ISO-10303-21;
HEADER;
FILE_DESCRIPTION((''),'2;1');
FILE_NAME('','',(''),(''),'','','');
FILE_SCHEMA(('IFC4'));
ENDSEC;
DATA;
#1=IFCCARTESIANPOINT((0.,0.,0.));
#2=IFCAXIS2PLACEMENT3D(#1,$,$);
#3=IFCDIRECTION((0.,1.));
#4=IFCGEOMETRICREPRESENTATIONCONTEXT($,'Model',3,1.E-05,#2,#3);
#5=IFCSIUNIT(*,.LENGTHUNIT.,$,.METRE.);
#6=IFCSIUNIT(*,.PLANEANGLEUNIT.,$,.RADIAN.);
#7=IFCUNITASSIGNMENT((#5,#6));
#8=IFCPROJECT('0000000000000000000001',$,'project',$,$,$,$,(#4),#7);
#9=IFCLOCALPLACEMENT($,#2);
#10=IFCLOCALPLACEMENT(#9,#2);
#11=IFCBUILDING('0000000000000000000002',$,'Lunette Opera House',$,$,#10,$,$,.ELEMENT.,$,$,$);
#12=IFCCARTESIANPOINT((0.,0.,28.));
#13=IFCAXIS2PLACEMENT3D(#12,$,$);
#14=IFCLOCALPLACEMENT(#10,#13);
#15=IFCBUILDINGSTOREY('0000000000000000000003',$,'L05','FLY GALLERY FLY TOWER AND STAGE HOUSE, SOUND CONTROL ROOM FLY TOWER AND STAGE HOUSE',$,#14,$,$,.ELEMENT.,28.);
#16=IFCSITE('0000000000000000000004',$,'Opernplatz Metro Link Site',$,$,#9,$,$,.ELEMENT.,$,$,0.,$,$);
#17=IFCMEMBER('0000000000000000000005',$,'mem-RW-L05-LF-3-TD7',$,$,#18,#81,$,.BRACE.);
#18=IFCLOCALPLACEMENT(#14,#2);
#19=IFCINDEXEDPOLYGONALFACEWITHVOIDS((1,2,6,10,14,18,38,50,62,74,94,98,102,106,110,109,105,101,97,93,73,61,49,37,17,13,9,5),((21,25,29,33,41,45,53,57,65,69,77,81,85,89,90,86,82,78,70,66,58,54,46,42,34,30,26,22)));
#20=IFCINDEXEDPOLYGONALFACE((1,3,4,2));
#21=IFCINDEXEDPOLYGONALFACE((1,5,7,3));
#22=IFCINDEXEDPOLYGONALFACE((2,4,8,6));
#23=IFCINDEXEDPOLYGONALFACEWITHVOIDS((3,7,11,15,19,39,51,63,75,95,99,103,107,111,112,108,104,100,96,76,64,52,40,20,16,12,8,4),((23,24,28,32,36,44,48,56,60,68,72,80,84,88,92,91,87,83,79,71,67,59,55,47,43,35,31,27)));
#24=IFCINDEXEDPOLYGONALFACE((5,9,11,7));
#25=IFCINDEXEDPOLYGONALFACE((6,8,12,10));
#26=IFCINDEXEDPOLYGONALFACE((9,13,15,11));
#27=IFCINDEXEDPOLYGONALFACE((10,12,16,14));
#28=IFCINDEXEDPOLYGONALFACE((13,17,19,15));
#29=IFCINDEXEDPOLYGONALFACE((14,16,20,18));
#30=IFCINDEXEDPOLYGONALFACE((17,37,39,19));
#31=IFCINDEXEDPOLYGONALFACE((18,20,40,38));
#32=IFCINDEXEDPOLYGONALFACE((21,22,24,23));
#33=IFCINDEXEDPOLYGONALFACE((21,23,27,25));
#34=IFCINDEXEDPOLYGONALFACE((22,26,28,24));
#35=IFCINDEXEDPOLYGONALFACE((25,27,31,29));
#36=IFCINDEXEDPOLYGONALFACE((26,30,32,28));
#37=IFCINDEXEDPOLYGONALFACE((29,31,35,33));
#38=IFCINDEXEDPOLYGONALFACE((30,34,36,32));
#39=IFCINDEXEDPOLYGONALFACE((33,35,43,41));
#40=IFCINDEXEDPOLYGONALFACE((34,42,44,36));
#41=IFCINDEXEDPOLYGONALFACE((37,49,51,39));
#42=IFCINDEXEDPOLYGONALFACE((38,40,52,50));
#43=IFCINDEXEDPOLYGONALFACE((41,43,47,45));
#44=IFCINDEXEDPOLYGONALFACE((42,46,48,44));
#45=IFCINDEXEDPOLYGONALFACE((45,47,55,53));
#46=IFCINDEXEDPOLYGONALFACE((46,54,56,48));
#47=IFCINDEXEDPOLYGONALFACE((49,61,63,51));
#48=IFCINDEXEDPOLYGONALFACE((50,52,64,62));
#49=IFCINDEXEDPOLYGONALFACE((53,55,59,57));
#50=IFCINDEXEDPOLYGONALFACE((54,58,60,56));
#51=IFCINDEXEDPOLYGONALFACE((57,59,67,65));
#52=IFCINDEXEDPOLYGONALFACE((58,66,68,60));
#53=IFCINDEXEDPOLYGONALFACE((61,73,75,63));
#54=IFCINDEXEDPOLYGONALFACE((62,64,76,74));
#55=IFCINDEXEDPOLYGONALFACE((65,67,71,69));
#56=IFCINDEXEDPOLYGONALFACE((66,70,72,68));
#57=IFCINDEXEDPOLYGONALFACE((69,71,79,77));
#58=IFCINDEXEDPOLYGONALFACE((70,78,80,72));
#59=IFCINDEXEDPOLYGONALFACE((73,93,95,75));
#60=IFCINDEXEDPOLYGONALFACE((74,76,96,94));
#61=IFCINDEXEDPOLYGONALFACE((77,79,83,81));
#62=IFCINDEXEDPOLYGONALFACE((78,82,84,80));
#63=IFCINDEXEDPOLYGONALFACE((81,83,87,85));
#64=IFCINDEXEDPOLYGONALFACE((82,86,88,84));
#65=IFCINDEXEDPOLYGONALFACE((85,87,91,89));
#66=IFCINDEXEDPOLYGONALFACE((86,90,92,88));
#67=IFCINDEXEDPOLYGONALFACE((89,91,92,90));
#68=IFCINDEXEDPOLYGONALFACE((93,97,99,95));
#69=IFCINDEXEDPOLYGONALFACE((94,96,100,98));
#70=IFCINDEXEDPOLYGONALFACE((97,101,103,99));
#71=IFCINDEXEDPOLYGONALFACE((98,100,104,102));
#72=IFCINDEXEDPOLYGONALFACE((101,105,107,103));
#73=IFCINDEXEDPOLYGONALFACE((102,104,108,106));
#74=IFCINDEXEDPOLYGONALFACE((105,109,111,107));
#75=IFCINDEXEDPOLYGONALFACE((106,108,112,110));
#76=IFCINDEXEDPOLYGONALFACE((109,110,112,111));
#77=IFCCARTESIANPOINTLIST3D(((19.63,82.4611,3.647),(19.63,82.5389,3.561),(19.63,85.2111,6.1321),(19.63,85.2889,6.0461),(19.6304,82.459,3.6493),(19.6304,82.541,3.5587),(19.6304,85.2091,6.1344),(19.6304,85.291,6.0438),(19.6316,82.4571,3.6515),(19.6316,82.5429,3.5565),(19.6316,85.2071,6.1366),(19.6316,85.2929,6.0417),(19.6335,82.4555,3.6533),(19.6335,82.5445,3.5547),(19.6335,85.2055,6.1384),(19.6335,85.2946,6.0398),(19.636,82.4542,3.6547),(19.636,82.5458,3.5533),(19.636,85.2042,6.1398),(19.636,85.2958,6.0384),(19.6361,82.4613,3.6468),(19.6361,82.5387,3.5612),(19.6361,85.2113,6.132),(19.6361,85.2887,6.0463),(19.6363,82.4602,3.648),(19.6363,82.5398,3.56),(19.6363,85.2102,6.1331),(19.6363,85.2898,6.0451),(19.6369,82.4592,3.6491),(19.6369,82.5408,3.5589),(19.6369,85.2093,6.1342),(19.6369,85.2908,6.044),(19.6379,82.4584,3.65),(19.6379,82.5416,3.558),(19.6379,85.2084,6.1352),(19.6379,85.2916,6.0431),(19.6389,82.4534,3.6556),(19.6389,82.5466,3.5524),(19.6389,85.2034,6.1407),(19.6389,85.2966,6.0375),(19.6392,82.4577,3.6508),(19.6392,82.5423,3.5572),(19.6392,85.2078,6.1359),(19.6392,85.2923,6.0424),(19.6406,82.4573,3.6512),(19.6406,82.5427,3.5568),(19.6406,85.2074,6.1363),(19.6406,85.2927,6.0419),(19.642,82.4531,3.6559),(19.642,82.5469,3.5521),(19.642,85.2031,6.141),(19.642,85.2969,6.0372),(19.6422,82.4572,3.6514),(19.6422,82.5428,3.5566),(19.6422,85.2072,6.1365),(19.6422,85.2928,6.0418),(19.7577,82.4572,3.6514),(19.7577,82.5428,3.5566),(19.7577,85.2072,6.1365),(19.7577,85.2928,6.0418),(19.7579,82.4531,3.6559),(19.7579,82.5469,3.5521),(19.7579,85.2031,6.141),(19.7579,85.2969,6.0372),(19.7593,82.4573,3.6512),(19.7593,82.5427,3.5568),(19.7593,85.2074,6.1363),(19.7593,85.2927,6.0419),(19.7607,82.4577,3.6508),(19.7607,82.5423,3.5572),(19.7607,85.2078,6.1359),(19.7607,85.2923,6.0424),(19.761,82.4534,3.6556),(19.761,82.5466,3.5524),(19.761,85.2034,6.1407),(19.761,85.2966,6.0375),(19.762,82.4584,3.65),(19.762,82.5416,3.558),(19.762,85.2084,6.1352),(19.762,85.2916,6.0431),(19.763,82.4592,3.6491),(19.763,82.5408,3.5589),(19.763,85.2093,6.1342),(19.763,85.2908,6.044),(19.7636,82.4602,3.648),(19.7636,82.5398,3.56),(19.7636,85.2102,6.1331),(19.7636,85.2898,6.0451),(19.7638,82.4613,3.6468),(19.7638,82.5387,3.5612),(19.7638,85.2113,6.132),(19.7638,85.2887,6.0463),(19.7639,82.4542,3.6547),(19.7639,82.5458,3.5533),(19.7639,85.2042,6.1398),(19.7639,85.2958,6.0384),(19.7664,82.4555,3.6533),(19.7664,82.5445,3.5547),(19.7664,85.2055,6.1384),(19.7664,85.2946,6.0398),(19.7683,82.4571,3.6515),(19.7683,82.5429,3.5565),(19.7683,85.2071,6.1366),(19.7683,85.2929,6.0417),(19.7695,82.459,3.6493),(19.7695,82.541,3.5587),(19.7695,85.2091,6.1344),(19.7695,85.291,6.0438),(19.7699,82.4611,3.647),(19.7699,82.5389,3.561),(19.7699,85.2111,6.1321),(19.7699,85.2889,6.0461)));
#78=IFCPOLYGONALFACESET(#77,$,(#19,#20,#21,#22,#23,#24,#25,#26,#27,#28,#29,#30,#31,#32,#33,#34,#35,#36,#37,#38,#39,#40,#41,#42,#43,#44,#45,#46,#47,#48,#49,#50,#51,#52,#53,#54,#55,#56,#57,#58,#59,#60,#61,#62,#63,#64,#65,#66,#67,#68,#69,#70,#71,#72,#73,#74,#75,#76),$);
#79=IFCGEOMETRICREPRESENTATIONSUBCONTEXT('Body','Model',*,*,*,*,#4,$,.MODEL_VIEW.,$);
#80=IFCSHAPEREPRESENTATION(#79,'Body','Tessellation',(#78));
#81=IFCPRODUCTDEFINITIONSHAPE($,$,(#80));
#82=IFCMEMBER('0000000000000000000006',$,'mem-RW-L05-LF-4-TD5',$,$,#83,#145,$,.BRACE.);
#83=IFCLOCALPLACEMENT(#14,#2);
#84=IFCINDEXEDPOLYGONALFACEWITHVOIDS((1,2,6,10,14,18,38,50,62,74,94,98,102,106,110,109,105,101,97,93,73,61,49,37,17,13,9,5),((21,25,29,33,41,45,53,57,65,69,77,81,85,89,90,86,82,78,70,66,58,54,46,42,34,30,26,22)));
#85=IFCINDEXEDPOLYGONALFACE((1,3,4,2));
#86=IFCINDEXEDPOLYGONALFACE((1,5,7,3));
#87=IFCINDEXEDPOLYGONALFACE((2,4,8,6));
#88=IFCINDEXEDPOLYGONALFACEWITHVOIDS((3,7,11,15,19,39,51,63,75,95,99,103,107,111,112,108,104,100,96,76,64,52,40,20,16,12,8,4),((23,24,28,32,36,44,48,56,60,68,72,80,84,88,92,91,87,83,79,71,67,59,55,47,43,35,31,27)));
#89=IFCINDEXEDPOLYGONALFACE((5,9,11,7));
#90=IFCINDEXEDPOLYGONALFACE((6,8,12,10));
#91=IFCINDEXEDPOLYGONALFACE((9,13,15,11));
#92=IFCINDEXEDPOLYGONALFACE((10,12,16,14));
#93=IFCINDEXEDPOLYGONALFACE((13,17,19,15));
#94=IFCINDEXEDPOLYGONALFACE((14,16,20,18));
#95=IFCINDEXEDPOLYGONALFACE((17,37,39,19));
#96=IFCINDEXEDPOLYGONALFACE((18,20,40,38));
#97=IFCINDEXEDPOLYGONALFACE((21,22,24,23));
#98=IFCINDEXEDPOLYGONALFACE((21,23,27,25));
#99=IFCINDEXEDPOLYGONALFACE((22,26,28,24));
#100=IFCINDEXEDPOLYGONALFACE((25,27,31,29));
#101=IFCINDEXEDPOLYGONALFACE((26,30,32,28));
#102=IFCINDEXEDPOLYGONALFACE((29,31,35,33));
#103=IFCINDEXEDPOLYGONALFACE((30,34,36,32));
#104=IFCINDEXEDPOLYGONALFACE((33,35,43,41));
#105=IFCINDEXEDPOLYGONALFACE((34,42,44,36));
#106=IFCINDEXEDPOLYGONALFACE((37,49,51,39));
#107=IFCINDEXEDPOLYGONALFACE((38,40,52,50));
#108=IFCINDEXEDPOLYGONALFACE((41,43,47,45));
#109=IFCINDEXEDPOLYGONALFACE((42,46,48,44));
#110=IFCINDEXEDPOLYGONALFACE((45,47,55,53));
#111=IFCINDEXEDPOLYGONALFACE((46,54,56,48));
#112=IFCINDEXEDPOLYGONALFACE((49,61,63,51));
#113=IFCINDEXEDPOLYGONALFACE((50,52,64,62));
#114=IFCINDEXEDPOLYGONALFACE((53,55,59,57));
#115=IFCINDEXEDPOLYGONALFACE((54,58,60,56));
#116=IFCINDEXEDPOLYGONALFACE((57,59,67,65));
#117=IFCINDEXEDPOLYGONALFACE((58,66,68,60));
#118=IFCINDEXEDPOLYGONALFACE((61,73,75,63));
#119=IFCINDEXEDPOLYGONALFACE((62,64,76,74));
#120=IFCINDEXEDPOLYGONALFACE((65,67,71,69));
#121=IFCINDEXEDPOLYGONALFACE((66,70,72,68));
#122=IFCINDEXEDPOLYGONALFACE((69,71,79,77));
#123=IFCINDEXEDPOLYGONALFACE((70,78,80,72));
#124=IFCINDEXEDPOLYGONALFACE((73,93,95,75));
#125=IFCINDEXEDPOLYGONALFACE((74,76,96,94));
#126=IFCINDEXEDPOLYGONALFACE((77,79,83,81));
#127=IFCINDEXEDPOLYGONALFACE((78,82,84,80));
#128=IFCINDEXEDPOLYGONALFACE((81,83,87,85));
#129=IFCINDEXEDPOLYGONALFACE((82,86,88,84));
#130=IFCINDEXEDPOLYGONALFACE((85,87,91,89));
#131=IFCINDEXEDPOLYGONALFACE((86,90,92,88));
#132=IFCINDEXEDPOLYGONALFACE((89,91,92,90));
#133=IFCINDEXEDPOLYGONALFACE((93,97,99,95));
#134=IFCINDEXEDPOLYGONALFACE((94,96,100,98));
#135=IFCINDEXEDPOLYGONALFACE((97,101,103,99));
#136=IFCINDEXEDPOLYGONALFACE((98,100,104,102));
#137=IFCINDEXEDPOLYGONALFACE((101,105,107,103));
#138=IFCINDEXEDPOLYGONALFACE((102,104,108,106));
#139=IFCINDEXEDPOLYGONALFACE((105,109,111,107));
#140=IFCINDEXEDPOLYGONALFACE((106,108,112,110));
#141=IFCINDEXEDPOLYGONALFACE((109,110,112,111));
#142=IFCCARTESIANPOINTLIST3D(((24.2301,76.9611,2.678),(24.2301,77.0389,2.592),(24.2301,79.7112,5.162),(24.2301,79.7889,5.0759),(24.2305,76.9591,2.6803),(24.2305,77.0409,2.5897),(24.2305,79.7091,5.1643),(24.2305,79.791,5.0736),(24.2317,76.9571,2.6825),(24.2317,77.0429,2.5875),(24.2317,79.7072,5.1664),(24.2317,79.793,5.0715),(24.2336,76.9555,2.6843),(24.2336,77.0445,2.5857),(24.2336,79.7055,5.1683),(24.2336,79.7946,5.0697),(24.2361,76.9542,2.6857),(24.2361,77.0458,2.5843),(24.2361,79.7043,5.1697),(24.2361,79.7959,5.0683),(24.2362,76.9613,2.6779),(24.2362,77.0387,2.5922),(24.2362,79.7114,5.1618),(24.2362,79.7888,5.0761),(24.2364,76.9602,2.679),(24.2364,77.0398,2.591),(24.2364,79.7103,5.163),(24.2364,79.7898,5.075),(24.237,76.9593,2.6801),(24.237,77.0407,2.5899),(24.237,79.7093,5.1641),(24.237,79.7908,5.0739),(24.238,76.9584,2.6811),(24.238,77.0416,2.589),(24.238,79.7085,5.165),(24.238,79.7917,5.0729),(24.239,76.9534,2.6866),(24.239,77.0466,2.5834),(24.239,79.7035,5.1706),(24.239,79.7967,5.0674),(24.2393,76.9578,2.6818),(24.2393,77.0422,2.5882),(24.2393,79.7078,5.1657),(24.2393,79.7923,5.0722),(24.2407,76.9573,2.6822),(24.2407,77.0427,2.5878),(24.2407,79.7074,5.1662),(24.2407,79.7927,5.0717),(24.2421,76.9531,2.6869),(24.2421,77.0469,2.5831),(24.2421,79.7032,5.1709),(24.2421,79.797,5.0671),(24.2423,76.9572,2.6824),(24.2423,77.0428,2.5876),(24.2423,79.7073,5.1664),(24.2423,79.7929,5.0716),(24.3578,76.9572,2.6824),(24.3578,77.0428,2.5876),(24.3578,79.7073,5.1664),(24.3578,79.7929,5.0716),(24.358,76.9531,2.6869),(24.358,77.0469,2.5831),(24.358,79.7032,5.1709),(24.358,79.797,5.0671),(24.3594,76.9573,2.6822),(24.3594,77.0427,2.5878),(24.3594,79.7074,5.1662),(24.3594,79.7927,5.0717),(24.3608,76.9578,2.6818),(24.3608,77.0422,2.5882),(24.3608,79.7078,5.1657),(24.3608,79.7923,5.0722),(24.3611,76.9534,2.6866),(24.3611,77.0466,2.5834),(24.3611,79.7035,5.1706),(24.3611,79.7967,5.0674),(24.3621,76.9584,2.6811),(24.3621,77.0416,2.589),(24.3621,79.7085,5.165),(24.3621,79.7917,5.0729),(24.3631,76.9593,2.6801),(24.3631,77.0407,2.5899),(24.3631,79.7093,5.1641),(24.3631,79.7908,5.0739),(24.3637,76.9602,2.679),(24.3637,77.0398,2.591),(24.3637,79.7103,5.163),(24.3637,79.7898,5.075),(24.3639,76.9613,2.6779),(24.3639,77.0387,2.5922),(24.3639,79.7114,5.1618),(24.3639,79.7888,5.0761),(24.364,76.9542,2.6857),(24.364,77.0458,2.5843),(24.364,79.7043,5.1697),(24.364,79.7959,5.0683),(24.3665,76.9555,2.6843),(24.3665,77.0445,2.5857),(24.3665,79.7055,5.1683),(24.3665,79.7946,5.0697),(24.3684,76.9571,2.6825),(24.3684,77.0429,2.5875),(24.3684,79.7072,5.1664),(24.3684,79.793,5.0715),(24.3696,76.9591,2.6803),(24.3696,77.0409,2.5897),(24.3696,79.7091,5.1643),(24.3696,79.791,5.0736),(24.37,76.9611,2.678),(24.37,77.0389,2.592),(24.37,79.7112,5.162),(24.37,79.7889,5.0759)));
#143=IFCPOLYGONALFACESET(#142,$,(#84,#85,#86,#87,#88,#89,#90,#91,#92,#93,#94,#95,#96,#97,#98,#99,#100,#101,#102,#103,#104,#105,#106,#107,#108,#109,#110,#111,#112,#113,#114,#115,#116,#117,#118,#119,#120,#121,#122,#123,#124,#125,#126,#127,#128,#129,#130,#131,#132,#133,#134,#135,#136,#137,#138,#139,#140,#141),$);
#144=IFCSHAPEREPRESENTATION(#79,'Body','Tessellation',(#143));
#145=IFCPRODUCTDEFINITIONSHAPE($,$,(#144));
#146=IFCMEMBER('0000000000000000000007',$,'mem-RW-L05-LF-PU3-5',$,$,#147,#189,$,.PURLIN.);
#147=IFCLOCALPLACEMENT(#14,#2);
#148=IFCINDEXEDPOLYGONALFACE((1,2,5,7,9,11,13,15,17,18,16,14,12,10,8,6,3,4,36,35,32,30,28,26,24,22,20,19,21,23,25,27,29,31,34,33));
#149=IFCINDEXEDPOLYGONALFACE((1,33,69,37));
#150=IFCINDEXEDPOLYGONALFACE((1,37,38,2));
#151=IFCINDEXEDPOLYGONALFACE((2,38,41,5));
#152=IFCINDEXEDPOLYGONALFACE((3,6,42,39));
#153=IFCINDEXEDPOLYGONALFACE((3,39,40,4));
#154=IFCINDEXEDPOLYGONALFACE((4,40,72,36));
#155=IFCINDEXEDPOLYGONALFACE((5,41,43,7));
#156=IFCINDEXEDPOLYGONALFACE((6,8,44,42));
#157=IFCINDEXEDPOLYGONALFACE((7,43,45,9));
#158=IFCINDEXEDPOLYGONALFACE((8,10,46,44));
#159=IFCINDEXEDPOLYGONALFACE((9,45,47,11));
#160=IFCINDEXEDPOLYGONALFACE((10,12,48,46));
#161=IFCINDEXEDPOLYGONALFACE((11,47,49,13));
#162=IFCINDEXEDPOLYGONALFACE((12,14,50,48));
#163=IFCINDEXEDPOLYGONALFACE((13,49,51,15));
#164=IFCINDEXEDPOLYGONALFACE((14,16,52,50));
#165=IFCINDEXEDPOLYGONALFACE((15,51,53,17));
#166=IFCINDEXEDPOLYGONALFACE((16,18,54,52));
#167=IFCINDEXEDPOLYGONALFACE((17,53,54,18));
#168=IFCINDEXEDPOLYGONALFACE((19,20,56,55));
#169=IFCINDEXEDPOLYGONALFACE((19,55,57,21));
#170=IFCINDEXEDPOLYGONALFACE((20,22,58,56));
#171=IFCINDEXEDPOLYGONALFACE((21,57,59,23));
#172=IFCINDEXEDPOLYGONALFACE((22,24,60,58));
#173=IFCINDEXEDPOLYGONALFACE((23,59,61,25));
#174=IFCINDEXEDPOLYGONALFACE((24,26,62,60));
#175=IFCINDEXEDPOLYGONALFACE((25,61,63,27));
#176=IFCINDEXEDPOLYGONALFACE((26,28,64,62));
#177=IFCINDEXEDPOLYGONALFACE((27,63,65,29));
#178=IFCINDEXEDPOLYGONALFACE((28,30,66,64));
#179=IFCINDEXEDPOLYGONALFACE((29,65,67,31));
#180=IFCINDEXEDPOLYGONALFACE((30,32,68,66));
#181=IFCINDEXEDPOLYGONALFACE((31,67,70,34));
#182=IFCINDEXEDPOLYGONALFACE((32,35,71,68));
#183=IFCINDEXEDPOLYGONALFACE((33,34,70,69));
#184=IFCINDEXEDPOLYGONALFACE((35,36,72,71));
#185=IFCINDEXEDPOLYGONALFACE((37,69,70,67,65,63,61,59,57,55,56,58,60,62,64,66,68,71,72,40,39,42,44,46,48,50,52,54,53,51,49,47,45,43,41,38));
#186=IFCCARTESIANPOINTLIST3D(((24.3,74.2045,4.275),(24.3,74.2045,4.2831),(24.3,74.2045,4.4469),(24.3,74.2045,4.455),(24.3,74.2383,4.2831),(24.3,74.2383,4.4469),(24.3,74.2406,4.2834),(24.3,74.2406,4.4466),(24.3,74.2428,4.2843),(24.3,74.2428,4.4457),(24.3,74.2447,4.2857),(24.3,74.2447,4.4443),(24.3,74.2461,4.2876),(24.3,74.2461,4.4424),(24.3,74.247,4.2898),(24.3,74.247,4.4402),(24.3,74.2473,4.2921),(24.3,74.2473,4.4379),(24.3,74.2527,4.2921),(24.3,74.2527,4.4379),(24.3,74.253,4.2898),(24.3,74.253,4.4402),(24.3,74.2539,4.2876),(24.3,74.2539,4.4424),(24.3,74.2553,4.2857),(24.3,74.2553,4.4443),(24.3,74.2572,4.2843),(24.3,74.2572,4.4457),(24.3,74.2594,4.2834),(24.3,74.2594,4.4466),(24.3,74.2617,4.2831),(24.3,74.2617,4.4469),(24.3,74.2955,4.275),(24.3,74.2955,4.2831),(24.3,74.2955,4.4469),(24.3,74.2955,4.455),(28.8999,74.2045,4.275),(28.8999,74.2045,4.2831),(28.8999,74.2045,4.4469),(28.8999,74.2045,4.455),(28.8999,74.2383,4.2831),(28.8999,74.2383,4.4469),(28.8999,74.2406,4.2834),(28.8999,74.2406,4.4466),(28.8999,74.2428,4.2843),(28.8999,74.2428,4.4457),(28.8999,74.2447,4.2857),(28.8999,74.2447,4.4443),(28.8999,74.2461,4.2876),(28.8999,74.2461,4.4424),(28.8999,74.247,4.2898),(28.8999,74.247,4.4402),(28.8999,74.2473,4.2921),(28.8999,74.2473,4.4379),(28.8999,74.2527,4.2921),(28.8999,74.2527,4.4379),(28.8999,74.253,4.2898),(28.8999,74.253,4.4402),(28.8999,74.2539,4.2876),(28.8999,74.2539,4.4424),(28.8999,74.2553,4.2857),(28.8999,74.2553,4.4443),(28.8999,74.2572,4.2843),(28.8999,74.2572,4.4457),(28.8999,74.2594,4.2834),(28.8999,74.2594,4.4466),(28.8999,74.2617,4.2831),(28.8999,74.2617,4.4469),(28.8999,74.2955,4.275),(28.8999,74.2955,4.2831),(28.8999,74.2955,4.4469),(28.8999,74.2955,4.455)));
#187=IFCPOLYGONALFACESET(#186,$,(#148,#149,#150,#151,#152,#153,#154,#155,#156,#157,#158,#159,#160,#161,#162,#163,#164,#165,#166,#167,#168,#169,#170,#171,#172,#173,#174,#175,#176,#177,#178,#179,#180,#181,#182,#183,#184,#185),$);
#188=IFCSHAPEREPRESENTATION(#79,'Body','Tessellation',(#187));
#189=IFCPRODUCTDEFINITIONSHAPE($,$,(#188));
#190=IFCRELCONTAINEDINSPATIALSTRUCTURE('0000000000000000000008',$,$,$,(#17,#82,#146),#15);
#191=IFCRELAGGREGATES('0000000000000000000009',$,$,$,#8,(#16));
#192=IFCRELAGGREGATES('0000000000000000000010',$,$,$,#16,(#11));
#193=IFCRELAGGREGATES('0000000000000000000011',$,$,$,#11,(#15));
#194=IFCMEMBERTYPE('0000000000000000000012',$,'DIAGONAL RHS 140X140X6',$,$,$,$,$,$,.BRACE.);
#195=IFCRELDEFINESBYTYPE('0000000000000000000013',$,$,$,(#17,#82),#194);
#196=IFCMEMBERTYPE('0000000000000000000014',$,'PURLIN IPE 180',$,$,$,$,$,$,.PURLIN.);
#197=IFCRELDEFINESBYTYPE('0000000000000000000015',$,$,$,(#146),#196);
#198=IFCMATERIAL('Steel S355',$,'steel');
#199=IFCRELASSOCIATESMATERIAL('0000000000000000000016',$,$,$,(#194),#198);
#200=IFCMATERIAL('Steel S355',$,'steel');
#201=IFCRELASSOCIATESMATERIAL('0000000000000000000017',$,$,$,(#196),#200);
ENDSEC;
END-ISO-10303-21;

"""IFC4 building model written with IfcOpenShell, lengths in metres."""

from ifc_helpers import new_model, si_unit, direction, frame, origin, origin_2d, place, context, subcontext, project, spatial, hollow_rectangle, i_section, extrude, material, material_profile, profile_set, type_object, element, save


model = new_model("IFC4")

# Units and contexts
model_context = context("Model", 3, precision=1e-05, world=origin(), true_north=direction((0.0, 1.0)))
body_context = subcontext(model_context, "Body", "Model", "MODEL_VIEW")
ifc_project = project(units=[si_unit("LENGTHUNIT", "METRE"), si_unit("PLANEANGLEUNIT", "RADIAN")], contexts=[model_context])

# Site, building, storey
site_placement = place(None, origin())
site = spatial("IfcSite", under=ifc_project, at=site_placement, Name="Opernplatz Metro Link Site", CompositionType="ELEMENT", RefElevation=0.0)
building_placement = place(site_placement, origin())
building = spatial("IfcBuilding", under=site, at=building_placement, Name="Lunette Opera House", CompositionType="ELEMENT")
storey_placement = place(building_placement, frame((0.0, 0.0, 28.0)))
storey = spatial("IfcBuildingStorey", under=building, at=storey_placement, Name="L05", Description="FLY GALLERY FLY TOWER AND STAGE HOUSE, SOUND CONTROL ROOM FLY TOWER AND STAGE HOUSE", CompositionType="ELEMENT", Elevation=28.0)

# Members
ifc_material_1 = material(Name="Steel S355", Category="steel")
ifc_material_profile_1 = material_profile(ifc_material_1, hollow_rectangle(XDim=0.1399, YDim=0.1399, WallThickness=0.0061, InnerFilletRadius=0.0061, OuterFilletRadius=0.012, at=origin_2d()), Name="RHS 140X140X6")
ifc_profile_set_1 = profile_set([ifc_material_profile_1], Name="Steel S355")
member_type_1 = type_object("IfcMemberType", Name="DIAGONAL RHS 140X140X6", PredefinedType="BRACE", material=ifc_profile_set_1)
member_1_placement = place(storey_placement, frame((19.7, 82.5, 3.604), z_axis=(0.0, 0.741937, 0.67047), x_axis=(-1.0, 0.0, 0.0)))
element("IfcMember", 1, at=member_1_placement, inside=storey, type_object=member_type_1, Name="mem-RW-L05-LF-3-TD7", PredefinedType="BRACE", context=body_context, shape_type="SweptSolid", body=[
    extrude(hollow_rectangle(XDim=0.1399, YDim=0.1399, WallThickness=0.0061, InnerFilletRadius=0.0061, OuterFilletRadius=0.012, at=origin_2d()), origin(), (0.0, 0.0, 1.0), 3.7065),
])
member_2_placement = place(storey_placement, frame((24.3, 77.0, 2.635), z_axis=(0.0, 0.742101, 0.670289), x_axis=(-1.0, 0.0, 0.0)))
element("IfcMember", 2, at=member_2_placement, inside=storey, type_object=member_type_1, Name="mem-RW-L05-LF-4-TD5", PredefinedType="BRACE", context=body_context, shape_type="SweptSolid", body=[
    extrude(hollow_rectangle(XDim=0.1399, YDim=0.1399, WallThickness=0.0061, InnerFilletRadius=0.0061, OuterFilletRadius=0.012, at=origin_2d()), origin(), (0.0, 0.0, 1.0), 3.7058),
])
ifc_material_2 = material(Name="Steel S355", Category="steel")
ifc_material_profile_2 = material_profile(ifc_material_2, i_section(OverallWidth=0.0911, OverallDepth=0.1799, WebThickness=0.0054, FlangeThickness=0.0081, FilletRadius=0.009, at=origin_2d()), Name="IPE 180")
ifc_profile_set_2 = profile_set([ifc_material_profile_2], Name="Steel S355")
member_type_2 = type_object("IfcMemberType", Name="PURLIN IPE 180", PredefinedType="PURLIN", material=ifc_profile_set_2)
for number, where, z_axis, x_axis, name in (
    (3, (24.3, 74.25, 4.365), (1.0, 0.0, 0.0), (0.0, 1.0, 0.0), "mem-RW-L05-LF-PU3-5"),
):
    element("IfcMember", number, at=place(storey_placement, frame(where, z_axis=z_axis, x_axis=x_axis)), inside=storey, type_object=member_type_2, Name=name, PredefinedType="PURLIN", context=body_context, shape_type="SweptSolid", body=[
        extrude(i_section(OverallWidth=0.0911, OverallDepth=0.1799, WebThickness=0.0054, FlangeThickness=0.0081, FilletRadius=0.009, at=origin_2d()), origin(), (0.0, 0.0, 1.0), 4.5999),
    ])

save(model, "model.ifc")
